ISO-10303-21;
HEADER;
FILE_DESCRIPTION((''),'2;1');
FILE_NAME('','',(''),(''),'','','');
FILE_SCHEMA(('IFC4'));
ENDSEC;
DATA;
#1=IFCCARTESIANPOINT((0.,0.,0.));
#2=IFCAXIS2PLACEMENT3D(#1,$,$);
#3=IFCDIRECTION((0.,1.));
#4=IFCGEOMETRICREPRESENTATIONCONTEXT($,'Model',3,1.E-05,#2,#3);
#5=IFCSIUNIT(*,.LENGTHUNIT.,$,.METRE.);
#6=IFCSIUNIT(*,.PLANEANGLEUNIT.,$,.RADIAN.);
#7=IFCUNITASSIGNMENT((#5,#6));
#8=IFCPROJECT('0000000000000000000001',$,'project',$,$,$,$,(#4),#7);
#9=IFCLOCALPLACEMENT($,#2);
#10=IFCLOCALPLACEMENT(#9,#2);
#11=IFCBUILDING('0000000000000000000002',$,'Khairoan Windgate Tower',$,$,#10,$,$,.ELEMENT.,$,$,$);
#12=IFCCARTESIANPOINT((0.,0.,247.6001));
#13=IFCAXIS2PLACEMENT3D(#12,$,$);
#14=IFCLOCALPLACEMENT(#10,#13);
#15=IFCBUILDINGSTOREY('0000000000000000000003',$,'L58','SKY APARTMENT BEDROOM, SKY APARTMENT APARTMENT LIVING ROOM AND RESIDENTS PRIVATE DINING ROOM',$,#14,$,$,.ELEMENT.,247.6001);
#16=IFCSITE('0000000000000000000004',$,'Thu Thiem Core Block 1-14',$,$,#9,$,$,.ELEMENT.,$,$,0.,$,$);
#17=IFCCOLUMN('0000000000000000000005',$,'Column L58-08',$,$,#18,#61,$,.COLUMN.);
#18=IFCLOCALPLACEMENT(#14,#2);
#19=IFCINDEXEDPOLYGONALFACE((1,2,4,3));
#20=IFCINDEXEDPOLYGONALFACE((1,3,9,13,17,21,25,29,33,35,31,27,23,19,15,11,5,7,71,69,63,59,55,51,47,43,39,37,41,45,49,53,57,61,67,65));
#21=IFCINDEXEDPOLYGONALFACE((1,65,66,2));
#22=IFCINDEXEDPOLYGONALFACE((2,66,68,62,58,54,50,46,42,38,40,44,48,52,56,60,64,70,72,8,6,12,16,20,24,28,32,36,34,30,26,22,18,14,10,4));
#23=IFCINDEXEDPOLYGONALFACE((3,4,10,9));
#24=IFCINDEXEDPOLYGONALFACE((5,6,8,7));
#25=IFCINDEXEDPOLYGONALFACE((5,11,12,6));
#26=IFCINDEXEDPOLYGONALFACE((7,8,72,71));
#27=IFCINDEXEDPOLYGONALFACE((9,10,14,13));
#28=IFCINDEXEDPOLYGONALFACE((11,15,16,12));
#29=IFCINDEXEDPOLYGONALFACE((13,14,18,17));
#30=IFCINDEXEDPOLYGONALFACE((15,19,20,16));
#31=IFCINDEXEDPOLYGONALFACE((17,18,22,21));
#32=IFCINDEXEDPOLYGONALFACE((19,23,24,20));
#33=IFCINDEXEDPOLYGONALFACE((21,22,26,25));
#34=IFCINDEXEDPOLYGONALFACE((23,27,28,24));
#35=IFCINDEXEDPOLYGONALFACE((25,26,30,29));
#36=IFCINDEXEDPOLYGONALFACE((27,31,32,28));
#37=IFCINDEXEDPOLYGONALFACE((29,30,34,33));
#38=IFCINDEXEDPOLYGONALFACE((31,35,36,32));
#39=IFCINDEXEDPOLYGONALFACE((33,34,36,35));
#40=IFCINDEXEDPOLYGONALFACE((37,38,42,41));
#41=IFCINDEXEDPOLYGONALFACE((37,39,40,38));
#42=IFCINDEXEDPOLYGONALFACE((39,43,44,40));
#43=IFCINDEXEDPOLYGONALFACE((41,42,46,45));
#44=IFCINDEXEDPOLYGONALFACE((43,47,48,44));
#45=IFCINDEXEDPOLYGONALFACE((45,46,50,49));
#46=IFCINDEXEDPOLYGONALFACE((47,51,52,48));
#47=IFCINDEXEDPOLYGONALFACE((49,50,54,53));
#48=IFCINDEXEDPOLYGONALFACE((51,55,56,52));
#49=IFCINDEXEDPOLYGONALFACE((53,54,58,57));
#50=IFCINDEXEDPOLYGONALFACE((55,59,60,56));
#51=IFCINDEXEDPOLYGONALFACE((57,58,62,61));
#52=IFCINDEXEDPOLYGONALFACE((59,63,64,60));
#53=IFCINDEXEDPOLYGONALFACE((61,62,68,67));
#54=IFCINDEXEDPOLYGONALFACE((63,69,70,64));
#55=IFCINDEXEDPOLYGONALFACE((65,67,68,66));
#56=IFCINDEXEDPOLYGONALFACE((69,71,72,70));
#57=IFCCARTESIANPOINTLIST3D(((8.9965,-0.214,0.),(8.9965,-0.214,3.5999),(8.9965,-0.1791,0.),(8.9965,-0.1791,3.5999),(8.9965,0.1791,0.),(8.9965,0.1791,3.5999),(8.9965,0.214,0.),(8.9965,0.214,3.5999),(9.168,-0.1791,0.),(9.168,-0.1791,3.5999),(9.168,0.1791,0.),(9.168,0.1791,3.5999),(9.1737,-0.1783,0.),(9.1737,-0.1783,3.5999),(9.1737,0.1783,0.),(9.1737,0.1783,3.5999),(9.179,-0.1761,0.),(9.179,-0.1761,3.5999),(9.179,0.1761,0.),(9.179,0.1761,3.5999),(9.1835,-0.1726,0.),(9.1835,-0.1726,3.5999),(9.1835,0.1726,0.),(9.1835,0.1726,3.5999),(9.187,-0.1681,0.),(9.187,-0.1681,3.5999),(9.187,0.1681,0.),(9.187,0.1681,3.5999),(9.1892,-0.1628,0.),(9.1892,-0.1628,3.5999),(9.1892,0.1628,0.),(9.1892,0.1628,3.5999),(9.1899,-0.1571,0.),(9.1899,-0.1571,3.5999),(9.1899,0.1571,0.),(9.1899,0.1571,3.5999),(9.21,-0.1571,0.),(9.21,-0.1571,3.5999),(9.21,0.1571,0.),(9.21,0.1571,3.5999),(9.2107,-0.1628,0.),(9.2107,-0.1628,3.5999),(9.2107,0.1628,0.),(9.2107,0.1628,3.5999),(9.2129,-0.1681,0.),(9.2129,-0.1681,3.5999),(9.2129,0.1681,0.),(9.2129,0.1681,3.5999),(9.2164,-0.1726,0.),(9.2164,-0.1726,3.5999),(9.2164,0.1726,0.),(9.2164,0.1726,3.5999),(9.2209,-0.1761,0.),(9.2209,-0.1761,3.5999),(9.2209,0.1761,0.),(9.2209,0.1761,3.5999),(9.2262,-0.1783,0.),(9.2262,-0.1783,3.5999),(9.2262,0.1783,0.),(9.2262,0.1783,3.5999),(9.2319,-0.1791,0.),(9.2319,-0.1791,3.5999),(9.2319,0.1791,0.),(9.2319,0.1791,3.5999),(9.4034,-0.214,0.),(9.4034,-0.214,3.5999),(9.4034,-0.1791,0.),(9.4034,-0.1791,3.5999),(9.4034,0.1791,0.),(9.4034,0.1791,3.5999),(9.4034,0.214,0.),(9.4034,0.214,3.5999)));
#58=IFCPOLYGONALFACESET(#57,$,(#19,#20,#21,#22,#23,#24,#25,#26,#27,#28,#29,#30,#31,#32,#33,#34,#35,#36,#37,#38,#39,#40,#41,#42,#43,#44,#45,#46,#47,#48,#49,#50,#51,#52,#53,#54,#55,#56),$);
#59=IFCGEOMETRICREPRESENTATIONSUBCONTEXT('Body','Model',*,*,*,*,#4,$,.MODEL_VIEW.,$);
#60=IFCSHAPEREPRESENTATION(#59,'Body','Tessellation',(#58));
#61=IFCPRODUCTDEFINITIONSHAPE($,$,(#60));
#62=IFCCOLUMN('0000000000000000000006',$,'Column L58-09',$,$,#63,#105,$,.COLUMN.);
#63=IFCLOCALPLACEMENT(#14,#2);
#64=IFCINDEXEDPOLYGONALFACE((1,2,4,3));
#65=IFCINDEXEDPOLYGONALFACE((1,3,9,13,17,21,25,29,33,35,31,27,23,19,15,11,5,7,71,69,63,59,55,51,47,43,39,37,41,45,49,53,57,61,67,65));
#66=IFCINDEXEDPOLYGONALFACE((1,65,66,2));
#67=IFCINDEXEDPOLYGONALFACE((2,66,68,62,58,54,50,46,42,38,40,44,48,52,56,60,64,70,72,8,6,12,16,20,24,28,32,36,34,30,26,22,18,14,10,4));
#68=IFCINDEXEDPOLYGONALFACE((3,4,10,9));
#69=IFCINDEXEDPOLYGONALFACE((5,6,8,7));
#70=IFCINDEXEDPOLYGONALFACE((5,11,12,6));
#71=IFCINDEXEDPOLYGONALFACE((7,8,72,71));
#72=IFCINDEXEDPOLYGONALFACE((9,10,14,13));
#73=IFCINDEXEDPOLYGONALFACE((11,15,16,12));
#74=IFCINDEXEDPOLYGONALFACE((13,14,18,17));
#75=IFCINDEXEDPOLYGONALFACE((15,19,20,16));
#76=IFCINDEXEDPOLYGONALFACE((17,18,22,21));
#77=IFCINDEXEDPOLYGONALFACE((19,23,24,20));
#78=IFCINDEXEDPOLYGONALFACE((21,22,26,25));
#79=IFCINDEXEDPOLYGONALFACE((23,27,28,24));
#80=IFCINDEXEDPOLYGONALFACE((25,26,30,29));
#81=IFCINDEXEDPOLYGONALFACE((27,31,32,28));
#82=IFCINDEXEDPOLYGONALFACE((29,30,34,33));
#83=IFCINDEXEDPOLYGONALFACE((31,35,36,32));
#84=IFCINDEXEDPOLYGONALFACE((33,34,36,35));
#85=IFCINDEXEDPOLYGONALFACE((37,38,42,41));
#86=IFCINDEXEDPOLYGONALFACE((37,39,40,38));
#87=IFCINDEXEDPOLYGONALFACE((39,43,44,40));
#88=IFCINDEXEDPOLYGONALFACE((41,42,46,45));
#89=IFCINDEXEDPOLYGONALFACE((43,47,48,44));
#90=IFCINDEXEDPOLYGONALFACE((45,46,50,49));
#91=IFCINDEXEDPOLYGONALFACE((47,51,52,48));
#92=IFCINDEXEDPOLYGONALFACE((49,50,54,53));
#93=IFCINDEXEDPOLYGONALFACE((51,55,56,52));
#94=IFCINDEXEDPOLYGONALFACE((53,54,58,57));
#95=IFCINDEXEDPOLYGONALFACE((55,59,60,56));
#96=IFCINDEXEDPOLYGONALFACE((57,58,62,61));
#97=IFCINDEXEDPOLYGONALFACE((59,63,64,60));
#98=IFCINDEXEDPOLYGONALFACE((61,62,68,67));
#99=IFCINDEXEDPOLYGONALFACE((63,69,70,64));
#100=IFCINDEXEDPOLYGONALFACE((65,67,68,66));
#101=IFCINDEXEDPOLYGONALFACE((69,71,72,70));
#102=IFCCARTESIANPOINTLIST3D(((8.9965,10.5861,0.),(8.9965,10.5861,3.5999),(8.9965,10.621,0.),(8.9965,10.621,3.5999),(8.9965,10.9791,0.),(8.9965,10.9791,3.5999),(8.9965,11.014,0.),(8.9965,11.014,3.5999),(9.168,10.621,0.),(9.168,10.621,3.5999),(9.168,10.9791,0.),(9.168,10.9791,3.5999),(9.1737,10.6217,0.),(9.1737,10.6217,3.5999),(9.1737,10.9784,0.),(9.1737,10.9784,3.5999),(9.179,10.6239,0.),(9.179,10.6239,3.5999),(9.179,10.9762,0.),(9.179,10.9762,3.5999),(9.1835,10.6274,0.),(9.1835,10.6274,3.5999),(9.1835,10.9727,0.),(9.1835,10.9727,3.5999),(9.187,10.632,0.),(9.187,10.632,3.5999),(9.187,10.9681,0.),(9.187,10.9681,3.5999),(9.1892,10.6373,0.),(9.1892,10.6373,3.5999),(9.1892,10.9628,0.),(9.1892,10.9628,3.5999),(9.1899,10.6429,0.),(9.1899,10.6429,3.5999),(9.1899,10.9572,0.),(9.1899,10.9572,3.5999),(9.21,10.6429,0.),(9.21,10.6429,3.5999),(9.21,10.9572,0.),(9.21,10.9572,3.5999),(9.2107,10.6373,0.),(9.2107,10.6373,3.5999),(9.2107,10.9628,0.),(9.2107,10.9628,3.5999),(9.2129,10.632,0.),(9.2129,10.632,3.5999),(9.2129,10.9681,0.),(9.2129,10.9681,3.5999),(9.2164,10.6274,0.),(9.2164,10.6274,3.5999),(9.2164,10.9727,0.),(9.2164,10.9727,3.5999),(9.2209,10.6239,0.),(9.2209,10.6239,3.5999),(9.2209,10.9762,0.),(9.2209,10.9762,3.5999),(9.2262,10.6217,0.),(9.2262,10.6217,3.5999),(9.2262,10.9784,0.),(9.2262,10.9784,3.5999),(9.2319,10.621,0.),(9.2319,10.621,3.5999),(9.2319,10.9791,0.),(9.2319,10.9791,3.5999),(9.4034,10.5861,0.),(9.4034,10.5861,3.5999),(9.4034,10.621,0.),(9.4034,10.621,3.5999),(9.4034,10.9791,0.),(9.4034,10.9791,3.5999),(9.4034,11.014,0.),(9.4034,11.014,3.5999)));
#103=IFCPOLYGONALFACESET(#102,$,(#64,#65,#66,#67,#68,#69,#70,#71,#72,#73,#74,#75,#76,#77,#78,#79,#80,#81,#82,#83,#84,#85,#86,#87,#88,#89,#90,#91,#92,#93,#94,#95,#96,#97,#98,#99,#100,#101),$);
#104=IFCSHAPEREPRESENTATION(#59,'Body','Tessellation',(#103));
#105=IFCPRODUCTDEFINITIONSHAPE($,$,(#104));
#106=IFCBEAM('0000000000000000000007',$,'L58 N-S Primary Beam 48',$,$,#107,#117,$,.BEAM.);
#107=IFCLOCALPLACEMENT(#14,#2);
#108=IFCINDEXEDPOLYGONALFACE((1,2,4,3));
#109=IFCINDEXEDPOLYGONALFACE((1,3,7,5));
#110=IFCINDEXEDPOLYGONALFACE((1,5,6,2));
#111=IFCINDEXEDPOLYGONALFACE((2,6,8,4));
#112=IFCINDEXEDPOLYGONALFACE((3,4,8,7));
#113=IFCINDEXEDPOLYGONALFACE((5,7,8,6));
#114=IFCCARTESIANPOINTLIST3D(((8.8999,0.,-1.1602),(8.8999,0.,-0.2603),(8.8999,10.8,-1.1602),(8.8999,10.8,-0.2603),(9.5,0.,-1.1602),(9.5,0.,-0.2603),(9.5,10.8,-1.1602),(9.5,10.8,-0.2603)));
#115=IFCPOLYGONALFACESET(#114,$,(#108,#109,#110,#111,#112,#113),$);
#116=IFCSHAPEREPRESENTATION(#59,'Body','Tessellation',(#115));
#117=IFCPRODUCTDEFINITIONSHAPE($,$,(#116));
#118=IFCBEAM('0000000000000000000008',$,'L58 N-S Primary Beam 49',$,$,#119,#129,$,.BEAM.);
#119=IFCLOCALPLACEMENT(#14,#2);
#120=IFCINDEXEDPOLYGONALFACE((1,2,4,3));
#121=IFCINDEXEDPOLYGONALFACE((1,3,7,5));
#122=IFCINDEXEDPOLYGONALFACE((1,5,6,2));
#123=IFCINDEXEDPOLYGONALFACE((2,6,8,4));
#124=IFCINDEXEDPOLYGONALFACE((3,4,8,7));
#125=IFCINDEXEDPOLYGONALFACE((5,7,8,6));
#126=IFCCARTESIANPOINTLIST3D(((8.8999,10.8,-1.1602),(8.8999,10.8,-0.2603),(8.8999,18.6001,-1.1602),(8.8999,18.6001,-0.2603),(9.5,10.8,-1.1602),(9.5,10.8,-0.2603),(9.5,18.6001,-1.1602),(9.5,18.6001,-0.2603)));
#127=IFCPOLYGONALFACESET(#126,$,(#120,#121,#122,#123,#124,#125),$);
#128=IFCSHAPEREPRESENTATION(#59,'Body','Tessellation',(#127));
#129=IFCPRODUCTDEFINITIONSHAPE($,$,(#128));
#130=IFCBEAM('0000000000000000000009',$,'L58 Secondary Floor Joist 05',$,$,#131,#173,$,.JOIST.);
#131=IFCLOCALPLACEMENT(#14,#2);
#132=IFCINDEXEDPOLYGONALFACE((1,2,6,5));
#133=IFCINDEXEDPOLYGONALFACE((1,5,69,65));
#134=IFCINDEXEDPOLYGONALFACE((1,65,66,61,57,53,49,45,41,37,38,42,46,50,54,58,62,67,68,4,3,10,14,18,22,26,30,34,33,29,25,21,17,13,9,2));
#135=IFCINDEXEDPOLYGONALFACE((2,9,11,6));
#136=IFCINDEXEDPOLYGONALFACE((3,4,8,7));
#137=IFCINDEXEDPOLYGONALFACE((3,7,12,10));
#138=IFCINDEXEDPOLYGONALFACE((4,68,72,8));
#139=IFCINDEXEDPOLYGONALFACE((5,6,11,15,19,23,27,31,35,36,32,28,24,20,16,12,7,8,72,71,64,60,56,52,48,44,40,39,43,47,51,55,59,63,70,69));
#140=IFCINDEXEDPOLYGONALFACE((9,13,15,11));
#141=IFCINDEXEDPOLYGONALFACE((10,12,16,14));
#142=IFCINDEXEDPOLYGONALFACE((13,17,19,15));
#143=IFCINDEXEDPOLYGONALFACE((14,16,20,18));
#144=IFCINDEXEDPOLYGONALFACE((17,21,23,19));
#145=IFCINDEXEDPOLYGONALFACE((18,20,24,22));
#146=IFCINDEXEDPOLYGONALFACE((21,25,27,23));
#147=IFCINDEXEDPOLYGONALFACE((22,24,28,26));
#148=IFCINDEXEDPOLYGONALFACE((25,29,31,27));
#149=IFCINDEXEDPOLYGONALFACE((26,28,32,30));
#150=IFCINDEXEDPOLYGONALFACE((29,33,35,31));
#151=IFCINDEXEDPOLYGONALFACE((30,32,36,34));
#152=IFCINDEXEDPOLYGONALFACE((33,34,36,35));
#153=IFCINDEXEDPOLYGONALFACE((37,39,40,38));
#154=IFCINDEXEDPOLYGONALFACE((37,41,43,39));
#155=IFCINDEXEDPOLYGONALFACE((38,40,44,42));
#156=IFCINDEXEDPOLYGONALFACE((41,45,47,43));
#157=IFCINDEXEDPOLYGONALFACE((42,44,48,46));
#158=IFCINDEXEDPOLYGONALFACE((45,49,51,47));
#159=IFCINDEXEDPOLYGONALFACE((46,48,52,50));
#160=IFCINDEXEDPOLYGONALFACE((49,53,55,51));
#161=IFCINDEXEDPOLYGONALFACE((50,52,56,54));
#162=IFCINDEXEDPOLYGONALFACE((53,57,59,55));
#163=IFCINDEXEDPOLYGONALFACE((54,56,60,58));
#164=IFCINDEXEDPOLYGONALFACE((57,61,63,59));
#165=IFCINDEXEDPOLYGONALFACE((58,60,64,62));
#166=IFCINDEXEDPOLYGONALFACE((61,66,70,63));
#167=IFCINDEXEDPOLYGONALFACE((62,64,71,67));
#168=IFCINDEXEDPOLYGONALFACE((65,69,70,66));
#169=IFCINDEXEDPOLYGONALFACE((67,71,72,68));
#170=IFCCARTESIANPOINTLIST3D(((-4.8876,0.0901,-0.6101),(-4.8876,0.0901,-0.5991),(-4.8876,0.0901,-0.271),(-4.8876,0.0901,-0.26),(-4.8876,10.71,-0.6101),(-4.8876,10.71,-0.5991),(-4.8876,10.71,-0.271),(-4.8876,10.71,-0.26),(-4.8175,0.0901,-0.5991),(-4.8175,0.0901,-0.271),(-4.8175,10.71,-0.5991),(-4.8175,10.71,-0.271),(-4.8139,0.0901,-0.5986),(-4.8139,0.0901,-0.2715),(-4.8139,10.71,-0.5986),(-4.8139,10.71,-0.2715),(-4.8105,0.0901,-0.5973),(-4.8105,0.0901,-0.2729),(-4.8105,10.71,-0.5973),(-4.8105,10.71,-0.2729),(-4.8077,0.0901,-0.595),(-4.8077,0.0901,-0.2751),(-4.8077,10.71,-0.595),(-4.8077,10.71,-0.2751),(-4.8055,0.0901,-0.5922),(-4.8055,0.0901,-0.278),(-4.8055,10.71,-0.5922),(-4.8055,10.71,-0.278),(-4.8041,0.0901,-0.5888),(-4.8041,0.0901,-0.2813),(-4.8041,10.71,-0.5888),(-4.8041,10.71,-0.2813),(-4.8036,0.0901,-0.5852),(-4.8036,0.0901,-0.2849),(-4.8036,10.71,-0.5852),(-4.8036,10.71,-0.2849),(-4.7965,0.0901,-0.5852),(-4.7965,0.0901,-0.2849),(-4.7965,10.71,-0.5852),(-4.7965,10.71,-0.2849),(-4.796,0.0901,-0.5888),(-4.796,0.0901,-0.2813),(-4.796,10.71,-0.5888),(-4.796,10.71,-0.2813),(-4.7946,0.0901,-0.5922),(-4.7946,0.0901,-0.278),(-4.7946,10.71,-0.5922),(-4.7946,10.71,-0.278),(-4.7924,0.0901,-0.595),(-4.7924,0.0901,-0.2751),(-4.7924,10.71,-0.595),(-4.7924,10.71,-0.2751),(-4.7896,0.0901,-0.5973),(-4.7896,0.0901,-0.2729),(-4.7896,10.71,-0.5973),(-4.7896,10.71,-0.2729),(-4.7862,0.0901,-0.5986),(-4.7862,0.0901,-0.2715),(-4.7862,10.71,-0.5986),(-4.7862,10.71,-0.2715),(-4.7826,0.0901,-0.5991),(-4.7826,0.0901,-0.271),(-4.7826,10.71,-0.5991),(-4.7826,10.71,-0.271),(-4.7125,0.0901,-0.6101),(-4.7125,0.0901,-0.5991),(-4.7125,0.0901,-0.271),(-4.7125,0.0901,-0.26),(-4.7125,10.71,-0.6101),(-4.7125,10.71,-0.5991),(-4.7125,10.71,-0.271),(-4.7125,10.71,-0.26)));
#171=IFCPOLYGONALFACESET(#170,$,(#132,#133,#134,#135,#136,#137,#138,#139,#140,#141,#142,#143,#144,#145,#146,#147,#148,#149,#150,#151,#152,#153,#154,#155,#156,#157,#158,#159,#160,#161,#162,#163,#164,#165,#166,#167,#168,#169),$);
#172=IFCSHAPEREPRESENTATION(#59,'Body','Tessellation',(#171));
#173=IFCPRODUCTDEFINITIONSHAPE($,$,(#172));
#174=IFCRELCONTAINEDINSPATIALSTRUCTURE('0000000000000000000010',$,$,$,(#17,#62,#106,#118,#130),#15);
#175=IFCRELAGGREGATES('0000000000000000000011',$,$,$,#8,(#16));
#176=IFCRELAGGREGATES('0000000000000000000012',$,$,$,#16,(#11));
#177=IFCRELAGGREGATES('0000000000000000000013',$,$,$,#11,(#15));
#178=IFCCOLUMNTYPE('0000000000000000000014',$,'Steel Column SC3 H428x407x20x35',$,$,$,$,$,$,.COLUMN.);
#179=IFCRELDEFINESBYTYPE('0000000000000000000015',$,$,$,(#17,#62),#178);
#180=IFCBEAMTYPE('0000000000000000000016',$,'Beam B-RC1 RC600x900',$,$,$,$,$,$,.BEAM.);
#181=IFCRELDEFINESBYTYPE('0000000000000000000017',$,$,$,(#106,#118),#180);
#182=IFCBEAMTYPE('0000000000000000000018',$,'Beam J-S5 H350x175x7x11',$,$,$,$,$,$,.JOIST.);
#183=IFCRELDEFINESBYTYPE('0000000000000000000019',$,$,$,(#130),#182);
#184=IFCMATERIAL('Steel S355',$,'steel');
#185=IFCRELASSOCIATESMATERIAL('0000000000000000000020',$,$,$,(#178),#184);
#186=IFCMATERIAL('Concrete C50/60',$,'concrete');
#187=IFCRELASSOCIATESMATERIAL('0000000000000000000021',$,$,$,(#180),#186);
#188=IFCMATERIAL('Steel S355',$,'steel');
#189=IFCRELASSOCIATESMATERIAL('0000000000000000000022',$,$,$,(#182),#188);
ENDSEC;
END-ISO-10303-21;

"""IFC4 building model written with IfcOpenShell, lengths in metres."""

from ifc_helpers import new_model, si_unit, direction, frame, origin, origin_2d, place, context, subcontext, project, spatial, rectangle, i_section, extrude, material, material_profile, profile_set, type_object, element, save


model = new_model("IFC4")

# Units and contexts
model_context = context("Model", 3, precision=1e-05, world=origin(), true_north=direction((0.0, 1.0)))
body_context = subcontext(model_context, "Body", "Model", "MODEL_VIEW")
ifc_project = project(units=[si_unit("LENGTHUNIT", "METRE"), si_unit("PLANEANGLEUNIT", "RADIAN")], contexts=[model_context])

# Site, building, storey
site_placement = place(None, origin())
site = spatial("IfcSite", under=ifc_project, at=site_placement, Name="Thu Thiem Core Block 1-14", CompositionType="ELEMENT", RefElevation=0.0)
building_placement = place(site_placement, origin())
building = spatial("IfcBuilding", under=site, at=building_placement, Name="Khairoan Windgate Tower", CompositionType="ELEMENT")
storey_placement = place(building_placement, frame((0.0, 0.0, 247.6001)))
storey = spatial("IfcBuildingStorey", under=building, at=storey_placement, Name="L58", Description="SKY APARTMENT BEDROOM, SKY APARTMENT APARTMENT LIVING ROOM AND RESIDENTS PRIVATE DINING ROOM", CompositionType="ELEMENT", Elevation=247.6001)

# Columns
ifc_material_1 = material(Name="Steel S355", Category="steel")
ifc_material_profile_1 = material_profile(ifc_material_1, i_section(OverallWidth=0.407, OverallDepth=0.428, WebThickness=0.02, FlangeThickness=0.0349, FilletRadius=0.022, at=origin_2d()))
ifc_profile_set_1 = profile_set([ifc_material_profile_1], Name="Steel S355")
column_type = type_object("IfcColumnType", Name="Steel Column SC3 H428x407x20x35", PredefinedType="COLUMN", material=ifc_profile_set_1)
for number, where, z_axis, x_axis, name in (
    (1, (9.2, 0.0, 0.0), (0.0, 0.0, 1.0), (1.0, 0.0, 0.0), "Column L58-08"),
    (2, (9.2, 10.8, 0.0), (0.0, 0.0, 1.0), (1.0, 0.0, 0.0), "Column L58-09"),
):
    element("IfcColumn", number, at=place(storey_placement, frame(where, z_axis=z_axis, x_axis=x_axis)), inside=storey, type_object=column_type, Name=name, PredefinedType="COLUMN", context=body_context, shape_type="SweptSolid", body=[
        extrude(i_section(OverallWidth=0.407, OverallDepth=0.428, WebThickness=0.02, FlangeThickness=0.0349, FilletRadius=0.022, at=origin_2d()), origin(), (0.0, 0.0, 1.0), 3.5999),
    ])

# Beams
ifc_material_2 = material(Name="Concrete C50/60", Category="concrete")
ifc_material_profile_2 = material_profile(ifc_material_2, rectangle(XDim=0.6001, YDim=0.8999, at=origin_2d()))
ifc_profile_set_2 = profile_set([ifc_material_profile_2], Name="Concrete C50/60")
beam_type_1 = type_object("IfcBeamType", Name="Beam B-RC1 RC600x900", PredefinedType="BEAM", material=ifc_profile_set_2)
beam_1_placement = place(storey_placement, frame((9.2, 0.0, -0.7102), z_axis=(0.0, 1.0, 0.0), x_axis=(-1.0, 0.0, 0.0)))
element("IfcBeam", 3, at=beam_1_placement, inside=storey, type_object=beam_type_1, Name="L58 N-S Primary Beam 48", PredefinedType="BEAM", context=body_context, shape_type="SweptSolid", body=[
    extrude(rectangle(XDim=0.6001, YDim=0.8999, at=origin_2d()), origin(), (0.0, 0.0, 1.0), 10.8),
])
beam_2_placement = place(storey_placement, frame((9.2, 10.8, -0.7102), z_axis=(0.0, 1.0, 0.0), x_axis=(-1.0, 0.0, 0.0)))
element("IfcBeam", 4, at=beam_2_placement, inside=storey, type_object=beam_type_1, Name="L58 N-S Primary Beam 49", PredefinedType="BEAM", context=body_context, shape_type="SweptSolid", body=[
    extrude(rectangle(XDim=0.6001, YDim=0.8999, at=origin_2d()), origin(), (0.0, 0.0, 1.0), 7.8),
])
ifc_material_3 = material(Name="Steel S355", Category="steel")
ifc_material_profile_3 = material_profile(ifc_material_3, i_section(OverallWidth=0.175, OverallDepth=0.3501, WebThickness=0.0071, FlangeThickness=0.011, FilletRadius=0.0139, at=origin_2d()))
ifc_profile_set_3 = profile_set([ifc_material_profile_3], Name="Steel S355")
beam_type_2 = type_object("IfcBeamType", Name="Beam J-S5 H350x175x7x11", PredefinedType="JOIST", material=ifc_profile_set_3)
beam_3_placement = place(storey_placement, frame((-4.8, 0.0901, -0.4351), z_axis=(0.0, 1.0, 0.0), x_axis=(-1.0, 0.0, 0.0)))
element("IfcBeam", 5, at=beam_3_placement, inside=storey, type_object=beam_type_2, Name="L58 Secondary Floor Joist 05", PredefinedType="JOIST", context=body_context, shape_type="SweptSolid", body=[
    extrude(i_section(OverallWidth=0.175, OverallDepth=0.3501, WebThickness=0.0071, FlangeThickness=0.011, FilletRadius=0.0139, at=origin_2d()), origin(), (0.0, 0.0, 1.0), 10.6199),
])

save(model, "model.ifc")
